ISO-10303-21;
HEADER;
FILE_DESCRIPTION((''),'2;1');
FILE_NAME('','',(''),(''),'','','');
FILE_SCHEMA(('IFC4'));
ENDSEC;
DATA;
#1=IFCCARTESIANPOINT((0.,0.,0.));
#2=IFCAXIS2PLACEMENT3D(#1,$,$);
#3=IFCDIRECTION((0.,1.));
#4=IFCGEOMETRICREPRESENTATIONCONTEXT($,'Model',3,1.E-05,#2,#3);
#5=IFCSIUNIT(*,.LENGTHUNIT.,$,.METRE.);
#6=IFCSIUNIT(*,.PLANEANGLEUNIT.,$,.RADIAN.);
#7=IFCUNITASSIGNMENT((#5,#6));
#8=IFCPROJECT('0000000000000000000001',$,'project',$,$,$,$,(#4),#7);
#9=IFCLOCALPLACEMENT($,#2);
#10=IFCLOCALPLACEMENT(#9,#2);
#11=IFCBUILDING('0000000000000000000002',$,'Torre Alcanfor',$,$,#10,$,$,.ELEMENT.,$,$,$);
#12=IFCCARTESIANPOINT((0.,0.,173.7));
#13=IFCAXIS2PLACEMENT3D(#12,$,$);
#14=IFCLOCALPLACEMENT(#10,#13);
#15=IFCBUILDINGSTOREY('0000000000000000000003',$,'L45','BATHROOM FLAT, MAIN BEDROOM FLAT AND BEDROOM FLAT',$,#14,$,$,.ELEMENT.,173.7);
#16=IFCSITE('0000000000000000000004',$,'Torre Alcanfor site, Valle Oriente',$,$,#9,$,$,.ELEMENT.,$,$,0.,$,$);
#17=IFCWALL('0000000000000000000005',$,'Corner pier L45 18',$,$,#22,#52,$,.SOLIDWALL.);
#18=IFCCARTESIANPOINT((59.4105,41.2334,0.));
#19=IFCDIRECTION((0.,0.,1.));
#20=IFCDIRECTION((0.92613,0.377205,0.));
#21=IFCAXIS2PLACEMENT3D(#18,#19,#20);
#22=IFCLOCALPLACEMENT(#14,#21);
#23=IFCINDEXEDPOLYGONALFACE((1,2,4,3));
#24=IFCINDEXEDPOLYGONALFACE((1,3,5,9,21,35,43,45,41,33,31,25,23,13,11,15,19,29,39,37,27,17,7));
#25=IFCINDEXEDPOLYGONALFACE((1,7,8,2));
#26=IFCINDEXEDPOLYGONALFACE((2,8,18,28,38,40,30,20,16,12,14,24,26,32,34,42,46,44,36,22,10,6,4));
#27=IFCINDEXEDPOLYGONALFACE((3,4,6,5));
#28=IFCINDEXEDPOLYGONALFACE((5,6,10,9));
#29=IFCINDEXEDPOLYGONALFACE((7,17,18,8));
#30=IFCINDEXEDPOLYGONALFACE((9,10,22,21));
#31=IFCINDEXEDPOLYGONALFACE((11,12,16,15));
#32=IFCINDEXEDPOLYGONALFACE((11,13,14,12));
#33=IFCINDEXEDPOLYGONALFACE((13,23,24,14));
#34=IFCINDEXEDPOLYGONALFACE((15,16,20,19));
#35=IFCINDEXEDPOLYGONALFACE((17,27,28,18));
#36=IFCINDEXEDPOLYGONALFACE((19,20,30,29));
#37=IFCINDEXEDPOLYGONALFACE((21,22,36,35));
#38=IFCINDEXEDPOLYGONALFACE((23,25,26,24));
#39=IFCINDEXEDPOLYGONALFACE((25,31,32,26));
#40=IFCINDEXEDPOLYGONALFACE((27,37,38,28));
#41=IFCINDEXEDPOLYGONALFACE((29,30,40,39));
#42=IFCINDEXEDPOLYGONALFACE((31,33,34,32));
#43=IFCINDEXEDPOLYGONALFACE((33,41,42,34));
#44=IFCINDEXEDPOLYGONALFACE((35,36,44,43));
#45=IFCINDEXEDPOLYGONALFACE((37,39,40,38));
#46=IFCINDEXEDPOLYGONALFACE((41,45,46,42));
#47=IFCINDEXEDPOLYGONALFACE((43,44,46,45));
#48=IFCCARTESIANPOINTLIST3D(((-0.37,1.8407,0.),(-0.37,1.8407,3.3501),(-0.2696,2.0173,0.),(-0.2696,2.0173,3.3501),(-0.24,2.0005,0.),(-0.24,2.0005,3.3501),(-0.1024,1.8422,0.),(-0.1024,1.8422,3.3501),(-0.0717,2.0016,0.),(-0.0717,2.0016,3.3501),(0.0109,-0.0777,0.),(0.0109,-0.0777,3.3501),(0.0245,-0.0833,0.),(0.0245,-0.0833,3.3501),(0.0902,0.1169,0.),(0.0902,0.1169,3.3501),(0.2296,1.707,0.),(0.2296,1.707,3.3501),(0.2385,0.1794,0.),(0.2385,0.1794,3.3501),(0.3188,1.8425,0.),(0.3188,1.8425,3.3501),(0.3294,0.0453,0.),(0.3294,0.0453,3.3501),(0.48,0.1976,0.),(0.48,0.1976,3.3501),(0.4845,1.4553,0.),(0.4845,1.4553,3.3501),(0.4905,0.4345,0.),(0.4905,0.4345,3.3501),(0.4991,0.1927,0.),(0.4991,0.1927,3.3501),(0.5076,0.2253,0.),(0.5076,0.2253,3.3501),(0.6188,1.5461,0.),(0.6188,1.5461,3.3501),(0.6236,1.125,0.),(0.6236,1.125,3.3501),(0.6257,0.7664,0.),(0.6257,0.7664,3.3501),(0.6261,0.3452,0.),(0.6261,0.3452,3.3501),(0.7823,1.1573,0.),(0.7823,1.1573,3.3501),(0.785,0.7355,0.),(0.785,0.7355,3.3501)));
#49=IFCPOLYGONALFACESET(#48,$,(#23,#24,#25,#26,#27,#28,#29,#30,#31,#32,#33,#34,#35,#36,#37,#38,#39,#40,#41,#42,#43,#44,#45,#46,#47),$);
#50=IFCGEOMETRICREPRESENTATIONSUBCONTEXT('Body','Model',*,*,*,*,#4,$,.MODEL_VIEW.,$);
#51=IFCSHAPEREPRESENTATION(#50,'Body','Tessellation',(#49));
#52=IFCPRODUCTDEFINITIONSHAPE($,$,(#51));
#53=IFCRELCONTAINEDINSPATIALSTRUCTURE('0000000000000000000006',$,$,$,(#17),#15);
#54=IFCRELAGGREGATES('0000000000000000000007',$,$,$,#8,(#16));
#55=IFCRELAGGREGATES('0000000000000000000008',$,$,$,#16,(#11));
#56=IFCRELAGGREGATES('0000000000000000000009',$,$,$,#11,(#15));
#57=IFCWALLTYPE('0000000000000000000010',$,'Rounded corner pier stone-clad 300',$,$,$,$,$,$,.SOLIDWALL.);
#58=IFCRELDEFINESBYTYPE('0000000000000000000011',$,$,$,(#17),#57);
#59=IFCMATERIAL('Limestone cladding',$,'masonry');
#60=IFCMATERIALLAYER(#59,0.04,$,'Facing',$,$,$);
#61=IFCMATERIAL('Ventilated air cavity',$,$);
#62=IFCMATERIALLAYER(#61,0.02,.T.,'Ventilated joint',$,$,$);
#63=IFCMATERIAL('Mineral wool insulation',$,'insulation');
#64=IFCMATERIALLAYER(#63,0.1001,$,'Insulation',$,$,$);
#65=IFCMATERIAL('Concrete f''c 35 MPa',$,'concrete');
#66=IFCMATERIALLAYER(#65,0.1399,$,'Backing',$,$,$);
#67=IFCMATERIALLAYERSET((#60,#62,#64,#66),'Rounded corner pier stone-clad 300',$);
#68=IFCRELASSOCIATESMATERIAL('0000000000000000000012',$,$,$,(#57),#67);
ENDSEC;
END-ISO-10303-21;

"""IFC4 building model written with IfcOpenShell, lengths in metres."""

from ifc_helpers import new_model, si_unit, direction, frame, origin, place, context, subcontext, project, spatial, polyline, outline, extrude, material, layer, layer_set, type_object, element, save


model = new_model("IFC4")

# Units and contexts
model_context = context("Model", 3, precision=1e-05, world=origin(), true_north=direction((0.0, 1.0)))
body_context = subcontext(model_context, "Body", "Model", "MODEL_VIEW")
ifc_project = project(units=[si_unit("LENGTHUNIT", "METRE"), si_unit("PLANEANGLEUNIT", "RADIAN")], contexts=[model_context])

# Site, building, storey
site_placement = place(None, origin())
site = spatial("IfcSite", under=ifc_project, at=site_placement, Name="Torre Alcanfor site, Valle Oriente", CompositionType="ELEMENT", RefElevation=0.0)
building_placement = place(site_placement, origin())
building = spatial("IfcBuilding", under=site, at=building_placement, Name="Torre Alcanfor", CompositionType="ELEMENT")
storey_placement = place(building_placement, frame((0.0, 0.0, 173.7)))
storey = spatial("IfcBuildingStorey", under=building, at=storey_placement, Name="L45", Description="BATHROOM FLAT, MAIN BEDROOM FLAT AND BEDROOM FLAT", CompositionType="ELEMENT", Elevation=173.7)

# Shared definitions
ifc_material_1 = material(Name="Limestone cladding", Category="masonry")
ifc_material_2 = material(Name="Ventilated air cavity")
ifc_material_3 = material(Name="Mineral wool insulation", Category="insulation")
ifc_material_4 = material(Name="Concrete f'c 35 MPa", Category="concrete")

# Wall
ifc_layer_1 = layer(ifc_material_1, 0.04, Name="Facing")
ifc_layer_2 = layer(ifc_material_2, 0.02, ventilated=True, Name="Ventilated joint")
ifc_layer_3 = layer(ifc_material_3, 0.1001, Name="Insulation")
ifc_layer_4 = layer(ifc_material_4, 0.1399, Name="Backing")
ifc_layer_set_1 = layer_set([ifc_layer_1, ifc_layer_2, ifc_layer_3, ifc_layer_4], Name="Rounded corner pier stone-clad 300")
wall_type_1 = type_object("IfcWallType", Name="Rounded corner pier stone-clad 300", PredefinedType="SOLIDWALL", material=ifc_layer_set_1)
wall_1_placement = place(storey_placement, frame((59.4105, 41.2334, 0.0), z_axis=(0.0, 0.0, 1.0), x_axis=(0.92613, 0.377205, 0.0)))
element("IfcWall", 1, at=wall_1_placement, inside=storey, type_object=wall_type_1, Name="Corner pier L45 18", PredefinedType="SOLIDWALL", context=body_context, shape_type="SweptSolid", body=[
    extrude(outline(polyline([(0.6261, 0.3452), (0.785, 0.7355), (0.7823, 1.1573), (0.6188, 1.5461), (0.3188, 1.8425), (-0.0717, 2.0016), (-0.24, 2.0005), (-0.2696, 2.0173), (-0.37, 1.8407), (-0.1024, 1.8422), (0.2296, 1.707), (0.4845, 1.4553), (0.6236, 1.125), (0.6257, 0.7664), (0.4905, 0.4345), (0.2385, 0.1794), (0.0902, 0.1169), (0.0109, -0.0777), (0.0245, -0.0833), (0.3294, 0.0453), (0.48, 0.1976), (0.4991, 0.1927), (0.5076, 0.2253), (0.6261, 0.3452)])), origin(), (0.0, 0.0, 1.0), 3.3501),
])

save(model, "model.ifc")
